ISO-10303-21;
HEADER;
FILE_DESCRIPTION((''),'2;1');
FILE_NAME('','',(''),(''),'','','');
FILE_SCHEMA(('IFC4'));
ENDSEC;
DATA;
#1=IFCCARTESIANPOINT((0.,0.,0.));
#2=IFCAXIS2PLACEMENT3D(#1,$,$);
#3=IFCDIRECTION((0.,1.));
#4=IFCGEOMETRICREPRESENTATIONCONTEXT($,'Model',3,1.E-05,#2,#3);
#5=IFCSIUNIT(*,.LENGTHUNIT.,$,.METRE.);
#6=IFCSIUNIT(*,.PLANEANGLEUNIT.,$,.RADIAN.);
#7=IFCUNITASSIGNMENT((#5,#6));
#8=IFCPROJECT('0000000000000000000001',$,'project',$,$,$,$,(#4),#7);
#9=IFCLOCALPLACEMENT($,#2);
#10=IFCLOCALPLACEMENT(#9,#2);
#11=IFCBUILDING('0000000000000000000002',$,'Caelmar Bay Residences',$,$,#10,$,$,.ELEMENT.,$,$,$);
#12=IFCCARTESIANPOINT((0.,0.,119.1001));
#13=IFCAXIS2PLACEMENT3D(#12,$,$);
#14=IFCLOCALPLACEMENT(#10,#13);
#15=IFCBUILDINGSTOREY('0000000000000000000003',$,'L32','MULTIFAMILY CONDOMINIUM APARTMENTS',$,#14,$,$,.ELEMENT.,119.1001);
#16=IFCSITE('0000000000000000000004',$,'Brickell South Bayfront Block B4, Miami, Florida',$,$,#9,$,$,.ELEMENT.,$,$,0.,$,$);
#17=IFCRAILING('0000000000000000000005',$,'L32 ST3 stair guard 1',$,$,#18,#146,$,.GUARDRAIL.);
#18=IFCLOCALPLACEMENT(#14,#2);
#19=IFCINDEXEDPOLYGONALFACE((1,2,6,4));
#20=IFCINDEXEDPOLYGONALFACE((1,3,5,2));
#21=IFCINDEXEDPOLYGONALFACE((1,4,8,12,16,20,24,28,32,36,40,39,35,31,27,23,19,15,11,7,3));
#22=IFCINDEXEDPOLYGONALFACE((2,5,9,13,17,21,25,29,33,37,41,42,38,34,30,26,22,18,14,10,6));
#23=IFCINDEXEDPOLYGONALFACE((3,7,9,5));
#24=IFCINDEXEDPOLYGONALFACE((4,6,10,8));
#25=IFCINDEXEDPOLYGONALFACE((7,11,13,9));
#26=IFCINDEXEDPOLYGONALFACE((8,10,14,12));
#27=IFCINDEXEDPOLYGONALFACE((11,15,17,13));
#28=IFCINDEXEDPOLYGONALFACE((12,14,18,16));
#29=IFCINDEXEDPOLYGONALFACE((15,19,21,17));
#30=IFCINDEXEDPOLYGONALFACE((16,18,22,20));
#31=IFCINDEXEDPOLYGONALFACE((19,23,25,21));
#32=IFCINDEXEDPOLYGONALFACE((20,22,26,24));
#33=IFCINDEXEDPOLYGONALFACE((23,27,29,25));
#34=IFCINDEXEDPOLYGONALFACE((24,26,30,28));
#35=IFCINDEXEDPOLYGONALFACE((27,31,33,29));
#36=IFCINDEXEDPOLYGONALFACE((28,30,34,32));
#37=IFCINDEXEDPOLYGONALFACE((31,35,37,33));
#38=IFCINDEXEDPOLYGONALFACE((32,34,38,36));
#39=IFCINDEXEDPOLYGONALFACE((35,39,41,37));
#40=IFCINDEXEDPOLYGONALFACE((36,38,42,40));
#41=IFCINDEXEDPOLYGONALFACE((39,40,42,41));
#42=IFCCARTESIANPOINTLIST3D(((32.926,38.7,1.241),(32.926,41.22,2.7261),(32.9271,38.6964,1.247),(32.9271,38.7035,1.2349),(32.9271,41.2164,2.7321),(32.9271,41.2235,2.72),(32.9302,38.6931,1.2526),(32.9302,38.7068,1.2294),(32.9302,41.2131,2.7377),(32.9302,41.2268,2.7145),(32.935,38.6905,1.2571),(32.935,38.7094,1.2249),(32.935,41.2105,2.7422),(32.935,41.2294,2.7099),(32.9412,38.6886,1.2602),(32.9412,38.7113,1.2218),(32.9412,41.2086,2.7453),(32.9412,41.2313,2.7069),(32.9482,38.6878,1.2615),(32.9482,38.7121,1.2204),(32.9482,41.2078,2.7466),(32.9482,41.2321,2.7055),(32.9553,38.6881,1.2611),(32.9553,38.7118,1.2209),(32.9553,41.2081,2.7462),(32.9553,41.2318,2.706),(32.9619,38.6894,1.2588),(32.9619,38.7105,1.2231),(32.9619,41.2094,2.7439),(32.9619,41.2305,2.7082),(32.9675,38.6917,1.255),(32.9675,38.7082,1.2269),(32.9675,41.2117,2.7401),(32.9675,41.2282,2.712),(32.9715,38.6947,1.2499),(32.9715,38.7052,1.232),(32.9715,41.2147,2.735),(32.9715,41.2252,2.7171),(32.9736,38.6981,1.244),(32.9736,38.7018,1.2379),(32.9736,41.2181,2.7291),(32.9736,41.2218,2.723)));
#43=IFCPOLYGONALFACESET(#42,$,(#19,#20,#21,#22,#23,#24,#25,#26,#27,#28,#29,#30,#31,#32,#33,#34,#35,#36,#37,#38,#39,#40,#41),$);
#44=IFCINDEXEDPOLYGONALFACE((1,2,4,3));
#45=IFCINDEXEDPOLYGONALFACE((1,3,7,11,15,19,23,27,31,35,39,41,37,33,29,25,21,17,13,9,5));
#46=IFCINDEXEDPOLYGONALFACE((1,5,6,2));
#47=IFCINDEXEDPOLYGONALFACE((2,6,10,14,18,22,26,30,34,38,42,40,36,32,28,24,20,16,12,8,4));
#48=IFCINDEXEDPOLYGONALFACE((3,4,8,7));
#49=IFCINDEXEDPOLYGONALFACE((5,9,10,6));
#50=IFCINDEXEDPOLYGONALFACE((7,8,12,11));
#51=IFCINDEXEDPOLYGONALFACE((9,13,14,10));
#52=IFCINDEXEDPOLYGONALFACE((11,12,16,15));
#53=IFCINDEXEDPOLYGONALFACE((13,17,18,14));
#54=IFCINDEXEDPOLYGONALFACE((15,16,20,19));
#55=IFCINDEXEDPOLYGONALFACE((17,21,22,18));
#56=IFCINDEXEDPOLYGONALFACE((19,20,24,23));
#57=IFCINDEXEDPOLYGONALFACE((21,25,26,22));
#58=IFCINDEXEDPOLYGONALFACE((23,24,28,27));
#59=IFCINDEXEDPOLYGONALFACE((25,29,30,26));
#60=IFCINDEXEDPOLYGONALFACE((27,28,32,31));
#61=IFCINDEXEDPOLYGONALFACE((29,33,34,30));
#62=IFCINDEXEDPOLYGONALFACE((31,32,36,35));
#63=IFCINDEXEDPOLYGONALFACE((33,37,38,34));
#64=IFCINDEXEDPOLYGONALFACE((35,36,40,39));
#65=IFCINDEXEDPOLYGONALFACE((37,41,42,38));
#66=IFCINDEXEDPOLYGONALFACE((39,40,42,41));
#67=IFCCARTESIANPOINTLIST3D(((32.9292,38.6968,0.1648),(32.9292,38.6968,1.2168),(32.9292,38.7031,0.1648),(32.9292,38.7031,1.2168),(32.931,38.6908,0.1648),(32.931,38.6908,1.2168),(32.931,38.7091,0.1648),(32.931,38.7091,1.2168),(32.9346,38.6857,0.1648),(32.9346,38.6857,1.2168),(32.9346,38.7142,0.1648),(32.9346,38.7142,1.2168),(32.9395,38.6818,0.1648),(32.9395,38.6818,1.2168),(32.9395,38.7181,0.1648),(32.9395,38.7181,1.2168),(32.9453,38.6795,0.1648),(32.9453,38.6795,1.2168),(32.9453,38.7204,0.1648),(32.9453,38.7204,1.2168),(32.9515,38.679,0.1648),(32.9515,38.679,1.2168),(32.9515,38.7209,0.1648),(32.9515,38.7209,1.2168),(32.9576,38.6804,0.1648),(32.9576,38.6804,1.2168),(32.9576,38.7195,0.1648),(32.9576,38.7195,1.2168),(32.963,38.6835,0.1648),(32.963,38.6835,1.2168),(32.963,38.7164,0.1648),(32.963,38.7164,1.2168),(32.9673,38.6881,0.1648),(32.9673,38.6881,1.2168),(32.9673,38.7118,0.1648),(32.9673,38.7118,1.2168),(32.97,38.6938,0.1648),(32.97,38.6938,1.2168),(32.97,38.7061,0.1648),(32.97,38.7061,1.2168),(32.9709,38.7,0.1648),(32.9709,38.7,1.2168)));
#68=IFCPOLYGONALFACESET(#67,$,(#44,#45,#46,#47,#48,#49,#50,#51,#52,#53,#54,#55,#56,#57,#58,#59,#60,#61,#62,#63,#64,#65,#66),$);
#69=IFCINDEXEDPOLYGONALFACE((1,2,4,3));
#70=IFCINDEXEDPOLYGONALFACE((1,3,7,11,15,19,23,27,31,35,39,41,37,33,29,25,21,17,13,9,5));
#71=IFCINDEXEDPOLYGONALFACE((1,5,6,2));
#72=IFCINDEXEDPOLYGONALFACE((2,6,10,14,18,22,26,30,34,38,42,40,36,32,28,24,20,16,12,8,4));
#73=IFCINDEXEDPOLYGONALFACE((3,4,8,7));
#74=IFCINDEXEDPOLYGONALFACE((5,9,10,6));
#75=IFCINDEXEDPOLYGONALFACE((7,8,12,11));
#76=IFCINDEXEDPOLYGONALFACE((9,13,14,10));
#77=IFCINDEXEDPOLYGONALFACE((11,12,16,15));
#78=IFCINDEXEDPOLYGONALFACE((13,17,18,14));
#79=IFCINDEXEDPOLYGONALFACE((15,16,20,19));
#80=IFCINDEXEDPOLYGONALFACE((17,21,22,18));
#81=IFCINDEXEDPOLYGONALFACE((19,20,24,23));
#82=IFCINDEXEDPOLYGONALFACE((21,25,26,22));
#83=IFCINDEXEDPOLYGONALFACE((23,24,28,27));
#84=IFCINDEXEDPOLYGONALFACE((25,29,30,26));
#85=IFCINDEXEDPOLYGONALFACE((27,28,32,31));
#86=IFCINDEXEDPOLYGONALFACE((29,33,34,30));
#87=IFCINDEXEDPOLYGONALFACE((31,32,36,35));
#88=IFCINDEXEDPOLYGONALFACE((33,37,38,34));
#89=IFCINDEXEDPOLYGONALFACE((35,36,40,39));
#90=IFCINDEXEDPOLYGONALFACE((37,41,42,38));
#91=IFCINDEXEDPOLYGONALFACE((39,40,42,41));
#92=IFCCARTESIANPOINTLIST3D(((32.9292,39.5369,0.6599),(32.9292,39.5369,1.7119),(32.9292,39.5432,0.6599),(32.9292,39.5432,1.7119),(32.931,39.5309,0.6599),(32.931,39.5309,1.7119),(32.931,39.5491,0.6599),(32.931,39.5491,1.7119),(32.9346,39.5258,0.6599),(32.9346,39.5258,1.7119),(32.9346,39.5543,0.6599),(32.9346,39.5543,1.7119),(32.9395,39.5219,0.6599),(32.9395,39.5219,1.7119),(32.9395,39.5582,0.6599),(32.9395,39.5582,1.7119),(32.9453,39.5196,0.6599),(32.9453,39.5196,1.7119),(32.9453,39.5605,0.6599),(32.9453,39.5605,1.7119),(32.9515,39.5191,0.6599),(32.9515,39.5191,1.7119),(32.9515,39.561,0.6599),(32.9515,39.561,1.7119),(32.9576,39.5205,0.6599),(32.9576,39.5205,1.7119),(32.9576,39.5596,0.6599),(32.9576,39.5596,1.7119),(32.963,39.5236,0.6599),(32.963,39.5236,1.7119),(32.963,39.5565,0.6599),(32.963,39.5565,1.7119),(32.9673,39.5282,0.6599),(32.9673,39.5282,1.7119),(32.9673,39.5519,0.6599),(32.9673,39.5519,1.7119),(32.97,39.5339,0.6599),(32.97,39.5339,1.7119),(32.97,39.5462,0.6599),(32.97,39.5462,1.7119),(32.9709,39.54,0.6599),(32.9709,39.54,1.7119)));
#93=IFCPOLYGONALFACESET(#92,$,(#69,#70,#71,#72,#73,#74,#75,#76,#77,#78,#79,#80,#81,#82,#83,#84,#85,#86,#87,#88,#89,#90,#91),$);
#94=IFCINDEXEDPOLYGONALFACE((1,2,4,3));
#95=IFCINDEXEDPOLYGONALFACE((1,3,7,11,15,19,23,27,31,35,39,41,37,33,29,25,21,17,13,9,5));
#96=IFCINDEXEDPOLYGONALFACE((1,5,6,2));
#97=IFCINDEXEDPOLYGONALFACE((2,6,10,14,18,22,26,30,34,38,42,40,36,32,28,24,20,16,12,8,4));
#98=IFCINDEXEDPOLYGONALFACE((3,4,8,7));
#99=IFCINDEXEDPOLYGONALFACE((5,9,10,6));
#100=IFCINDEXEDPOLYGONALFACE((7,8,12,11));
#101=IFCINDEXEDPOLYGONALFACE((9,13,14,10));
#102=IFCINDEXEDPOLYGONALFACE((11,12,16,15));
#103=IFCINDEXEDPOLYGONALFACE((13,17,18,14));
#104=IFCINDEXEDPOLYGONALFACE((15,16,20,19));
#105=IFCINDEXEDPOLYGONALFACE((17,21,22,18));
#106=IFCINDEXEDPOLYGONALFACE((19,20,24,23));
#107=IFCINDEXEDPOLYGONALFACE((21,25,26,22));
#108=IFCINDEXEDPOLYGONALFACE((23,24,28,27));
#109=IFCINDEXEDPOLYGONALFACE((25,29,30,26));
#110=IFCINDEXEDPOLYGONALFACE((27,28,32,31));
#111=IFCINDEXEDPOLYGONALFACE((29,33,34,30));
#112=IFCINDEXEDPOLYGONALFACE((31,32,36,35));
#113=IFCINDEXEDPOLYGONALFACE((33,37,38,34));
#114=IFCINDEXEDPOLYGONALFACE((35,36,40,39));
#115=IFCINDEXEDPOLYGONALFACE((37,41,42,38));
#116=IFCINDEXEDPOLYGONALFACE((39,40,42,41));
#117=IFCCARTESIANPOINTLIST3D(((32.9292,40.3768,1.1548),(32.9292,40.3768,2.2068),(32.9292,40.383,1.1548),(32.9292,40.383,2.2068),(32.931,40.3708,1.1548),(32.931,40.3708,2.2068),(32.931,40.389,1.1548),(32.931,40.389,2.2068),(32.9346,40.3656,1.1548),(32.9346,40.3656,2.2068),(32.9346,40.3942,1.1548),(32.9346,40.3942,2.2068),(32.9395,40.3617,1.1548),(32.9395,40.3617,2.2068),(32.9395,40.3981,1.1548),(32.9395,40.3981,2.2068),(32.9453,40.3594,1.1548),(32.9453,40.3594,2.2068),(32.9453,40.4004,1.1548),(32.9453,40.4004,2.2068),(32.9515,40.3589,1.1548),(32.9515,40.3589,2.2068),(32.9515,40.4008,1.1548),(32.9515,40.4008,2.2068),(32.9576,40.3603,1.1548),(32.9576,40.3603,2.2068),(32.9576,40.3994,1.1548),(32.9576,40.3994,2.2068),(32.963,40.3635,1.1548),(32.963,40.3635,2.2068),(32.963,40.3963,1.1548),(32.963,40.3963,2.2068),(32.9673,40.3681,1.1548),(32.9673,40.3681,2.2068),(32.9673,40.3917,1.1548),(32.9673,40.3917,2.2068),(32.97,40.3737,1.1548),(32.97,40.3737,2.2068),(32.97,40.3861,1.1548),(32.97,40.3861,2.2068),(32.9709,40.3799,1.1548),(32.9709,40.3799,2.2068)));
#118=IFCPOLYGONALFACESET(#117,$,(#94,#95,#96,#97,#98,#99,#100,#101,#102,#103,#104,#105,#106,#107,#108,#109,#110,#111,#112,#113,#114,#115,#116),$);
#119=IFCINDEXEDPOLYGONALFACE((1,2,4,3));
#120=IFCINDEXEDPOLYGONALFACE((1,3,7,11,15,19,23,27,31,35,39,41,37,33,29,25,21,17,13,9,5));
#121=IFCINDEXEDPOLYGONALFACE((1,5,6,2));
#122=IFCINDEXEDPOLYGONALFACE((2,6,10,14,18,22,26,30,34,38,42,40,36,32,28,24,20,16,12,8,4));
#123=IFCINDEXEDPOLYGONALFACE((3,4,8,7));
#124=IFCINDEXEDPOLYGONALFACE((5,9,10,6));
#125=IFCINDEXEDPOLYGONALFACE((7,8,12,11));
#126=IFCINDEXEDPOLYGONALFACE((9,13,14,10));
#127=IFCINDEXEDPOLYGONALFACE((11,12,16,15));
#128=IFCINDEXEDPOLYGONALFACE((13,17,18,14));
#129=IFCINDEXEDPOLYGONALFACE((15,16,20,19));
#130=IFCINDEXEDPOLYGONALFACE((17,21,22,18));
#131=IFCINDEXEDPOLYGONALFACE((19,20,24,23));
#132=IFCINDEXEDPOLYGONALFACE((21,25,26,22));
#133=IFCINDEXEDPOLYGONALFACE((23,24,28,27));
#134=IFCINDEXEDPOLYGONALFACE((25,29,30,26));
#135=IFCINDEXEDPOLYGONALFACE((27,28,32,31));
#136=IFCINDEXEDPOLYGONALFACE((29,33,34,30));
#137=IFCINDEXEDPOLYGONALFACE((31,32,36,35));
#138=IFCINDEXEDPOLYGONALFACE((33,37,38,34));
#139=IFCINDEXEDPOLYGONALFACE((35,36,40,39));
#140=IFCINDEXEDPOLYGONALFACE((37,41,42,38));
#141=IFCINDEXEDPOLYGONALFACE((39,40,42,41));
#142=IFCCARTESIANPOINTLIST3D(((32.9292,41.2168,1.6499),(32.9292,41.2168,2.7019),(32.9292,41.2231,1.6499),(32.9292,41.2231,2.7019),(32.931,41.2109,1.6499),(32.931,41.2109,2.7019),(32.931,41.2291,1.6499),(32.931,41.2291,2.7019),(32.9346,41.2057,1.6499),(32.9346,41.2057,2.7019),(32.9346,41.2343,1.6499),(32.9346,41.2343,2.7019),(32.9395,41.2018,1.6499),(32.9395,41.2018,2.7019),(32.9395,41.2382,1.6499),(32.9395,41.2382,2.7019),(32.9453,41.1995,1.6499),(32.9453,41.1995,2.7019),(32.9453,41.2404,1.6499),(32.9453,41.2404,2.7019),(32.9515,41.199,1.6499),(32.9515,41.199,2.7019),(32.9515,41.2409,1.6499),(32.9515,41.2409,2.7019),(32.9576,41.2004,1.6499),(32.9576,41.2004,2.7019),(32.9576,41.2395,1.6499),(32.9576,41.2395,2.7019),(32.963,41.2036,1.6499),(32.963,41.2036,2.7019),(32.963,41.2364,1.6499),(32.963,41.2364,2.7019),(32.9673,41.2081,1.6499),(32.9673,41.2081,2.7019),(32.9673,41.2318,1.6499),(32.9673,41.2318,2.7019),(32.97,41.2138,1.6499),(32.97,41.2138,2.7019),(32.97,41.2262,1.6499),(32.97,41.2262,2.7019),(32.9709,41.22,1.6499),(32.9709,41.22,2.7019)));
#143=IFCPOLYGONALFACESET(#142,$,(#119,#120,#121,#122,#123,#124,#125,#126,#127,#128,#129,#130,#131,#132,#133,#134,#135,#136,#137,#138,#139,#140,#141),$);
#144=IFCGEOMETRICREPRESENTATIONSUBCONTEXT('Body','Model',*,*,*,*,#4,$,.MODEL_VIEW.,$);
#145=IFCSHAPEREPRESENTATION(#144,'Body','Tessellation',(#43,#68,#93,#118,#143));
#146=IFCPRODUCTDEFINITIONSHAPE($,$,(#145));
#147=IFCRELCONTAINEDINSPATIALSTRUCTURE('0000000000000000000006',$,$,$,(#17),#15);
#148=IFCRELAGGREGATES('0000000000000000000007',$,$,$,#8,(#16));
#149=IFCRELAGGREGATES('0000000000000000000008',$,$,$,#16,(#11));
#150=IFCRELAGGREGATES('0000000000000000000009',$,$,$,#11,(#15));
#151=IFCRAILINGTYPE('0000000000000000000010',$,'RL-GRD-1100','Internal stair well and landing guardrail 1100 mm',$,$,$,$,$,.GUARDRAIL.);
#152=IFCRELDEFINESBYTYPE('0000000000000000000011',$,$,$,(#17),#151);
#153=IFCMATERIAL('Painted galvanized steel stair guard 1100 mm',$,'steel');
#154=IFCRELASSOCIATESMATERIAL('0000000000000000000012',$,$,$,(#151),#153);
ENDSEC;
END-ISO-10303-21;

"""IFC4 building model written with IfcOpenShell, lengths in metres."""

from ifc_helpers import new_model, si_unit, direction, frame, origin, origin_2d, place, context, subcontext, project, spatial, circle, extrude, material, type_object, element, save


model = new_model("IFC4")

# Units and contexts
model_context = context("Model", 3, precision=1e-05, world=origin(), true_north=direction((0.0, 1.0)))
body_context = subcontext(model_context, "Body", "Model", "MODEL_VIEW")
ifc_project = project(units=[si_unit("LENGTHUNIT", "METRE"), si_unit("PLANEANGLEUNIT", "RADIAN")], contexts=[model_context])

# Site, building, storey
site_placement = place(None, origin())
site = spatial("IfcSite", under=ifc_project, at=site_placement, Name="Brickell South Bayfront Block B4, Miami, Florida", CompositionType="ELEMENT", RefElevation=0.0)
building_placement = place(site_placement, origin())
building = spatial("IfcBuilding", under=site, at=building_placement, Name="Caelmar Bay Residences", CompositionType="ELEMENT")
storey_placement = place(building_placement, frame((0.0, 0.0, 119.1001)))
storey = spatial("IfcBuildingStorey", under=building, at=storey_placement, Name="L32", Description="MULTIFAMILY CONDOMINIUM APARTMENTS", CompositionType="ELEMENT", Elevation=119.1001)

# Railing
ifc_material_1 = material(Name="Painted galvanized steel stair guard 1100 mm", Category="steel")
railing_type_1 = type_object("IfcRailingType", Name="RL-GRD-1100", Description="Internal stair well and landing guardrail 1100 mm", PredefinedType="GUARDRAIL", material=ifc_material_1)
railing_1_placement = place(storey_placement, frame((32.95, 38.7, 0.1648)))
element("IfcRailing", 1, at=railing_1_placement, inside=storey, type_object=railing_type_1, Name="L32 ST3 stair guard 1", PredefinedType="GUARDRAIL", context=body_context, shape_type="SweptSolid", body=[
    extrude(circle(Radius=0.0239, at=origin_2d()), frame((0.0, 0.0, 1.0762), z_axis=(0.0, 0.861524, 0.507717), x_axis=(-1.0, 0.0, 0.0)), (0.0, 0.0, 1.0), 2.925),
    extrude(circle(Radius=0.021, at=origin_2d()), origin(), (0.0, 0.0, 1.0), 1.052),
    extrude(circle(Radius=0.021, at=origin_2d()), frame((0.0, 0.8401, 0.4951)), (0.0, 0.0, 1.0), 1.052),
    extrude(circle(Radius=0.021, at=origin_2d()), frame((0.0, 1.6799, 0.99)), (0.0, 0.0, 1.0), 1.052),
    extrude(circle(Radius=0.021, at=origin_2d()), frame((0.0, 2.52, 1.4851)), (0.0, 0.0, 1.0), 1.052),
])

save(model, "model.ifc")
